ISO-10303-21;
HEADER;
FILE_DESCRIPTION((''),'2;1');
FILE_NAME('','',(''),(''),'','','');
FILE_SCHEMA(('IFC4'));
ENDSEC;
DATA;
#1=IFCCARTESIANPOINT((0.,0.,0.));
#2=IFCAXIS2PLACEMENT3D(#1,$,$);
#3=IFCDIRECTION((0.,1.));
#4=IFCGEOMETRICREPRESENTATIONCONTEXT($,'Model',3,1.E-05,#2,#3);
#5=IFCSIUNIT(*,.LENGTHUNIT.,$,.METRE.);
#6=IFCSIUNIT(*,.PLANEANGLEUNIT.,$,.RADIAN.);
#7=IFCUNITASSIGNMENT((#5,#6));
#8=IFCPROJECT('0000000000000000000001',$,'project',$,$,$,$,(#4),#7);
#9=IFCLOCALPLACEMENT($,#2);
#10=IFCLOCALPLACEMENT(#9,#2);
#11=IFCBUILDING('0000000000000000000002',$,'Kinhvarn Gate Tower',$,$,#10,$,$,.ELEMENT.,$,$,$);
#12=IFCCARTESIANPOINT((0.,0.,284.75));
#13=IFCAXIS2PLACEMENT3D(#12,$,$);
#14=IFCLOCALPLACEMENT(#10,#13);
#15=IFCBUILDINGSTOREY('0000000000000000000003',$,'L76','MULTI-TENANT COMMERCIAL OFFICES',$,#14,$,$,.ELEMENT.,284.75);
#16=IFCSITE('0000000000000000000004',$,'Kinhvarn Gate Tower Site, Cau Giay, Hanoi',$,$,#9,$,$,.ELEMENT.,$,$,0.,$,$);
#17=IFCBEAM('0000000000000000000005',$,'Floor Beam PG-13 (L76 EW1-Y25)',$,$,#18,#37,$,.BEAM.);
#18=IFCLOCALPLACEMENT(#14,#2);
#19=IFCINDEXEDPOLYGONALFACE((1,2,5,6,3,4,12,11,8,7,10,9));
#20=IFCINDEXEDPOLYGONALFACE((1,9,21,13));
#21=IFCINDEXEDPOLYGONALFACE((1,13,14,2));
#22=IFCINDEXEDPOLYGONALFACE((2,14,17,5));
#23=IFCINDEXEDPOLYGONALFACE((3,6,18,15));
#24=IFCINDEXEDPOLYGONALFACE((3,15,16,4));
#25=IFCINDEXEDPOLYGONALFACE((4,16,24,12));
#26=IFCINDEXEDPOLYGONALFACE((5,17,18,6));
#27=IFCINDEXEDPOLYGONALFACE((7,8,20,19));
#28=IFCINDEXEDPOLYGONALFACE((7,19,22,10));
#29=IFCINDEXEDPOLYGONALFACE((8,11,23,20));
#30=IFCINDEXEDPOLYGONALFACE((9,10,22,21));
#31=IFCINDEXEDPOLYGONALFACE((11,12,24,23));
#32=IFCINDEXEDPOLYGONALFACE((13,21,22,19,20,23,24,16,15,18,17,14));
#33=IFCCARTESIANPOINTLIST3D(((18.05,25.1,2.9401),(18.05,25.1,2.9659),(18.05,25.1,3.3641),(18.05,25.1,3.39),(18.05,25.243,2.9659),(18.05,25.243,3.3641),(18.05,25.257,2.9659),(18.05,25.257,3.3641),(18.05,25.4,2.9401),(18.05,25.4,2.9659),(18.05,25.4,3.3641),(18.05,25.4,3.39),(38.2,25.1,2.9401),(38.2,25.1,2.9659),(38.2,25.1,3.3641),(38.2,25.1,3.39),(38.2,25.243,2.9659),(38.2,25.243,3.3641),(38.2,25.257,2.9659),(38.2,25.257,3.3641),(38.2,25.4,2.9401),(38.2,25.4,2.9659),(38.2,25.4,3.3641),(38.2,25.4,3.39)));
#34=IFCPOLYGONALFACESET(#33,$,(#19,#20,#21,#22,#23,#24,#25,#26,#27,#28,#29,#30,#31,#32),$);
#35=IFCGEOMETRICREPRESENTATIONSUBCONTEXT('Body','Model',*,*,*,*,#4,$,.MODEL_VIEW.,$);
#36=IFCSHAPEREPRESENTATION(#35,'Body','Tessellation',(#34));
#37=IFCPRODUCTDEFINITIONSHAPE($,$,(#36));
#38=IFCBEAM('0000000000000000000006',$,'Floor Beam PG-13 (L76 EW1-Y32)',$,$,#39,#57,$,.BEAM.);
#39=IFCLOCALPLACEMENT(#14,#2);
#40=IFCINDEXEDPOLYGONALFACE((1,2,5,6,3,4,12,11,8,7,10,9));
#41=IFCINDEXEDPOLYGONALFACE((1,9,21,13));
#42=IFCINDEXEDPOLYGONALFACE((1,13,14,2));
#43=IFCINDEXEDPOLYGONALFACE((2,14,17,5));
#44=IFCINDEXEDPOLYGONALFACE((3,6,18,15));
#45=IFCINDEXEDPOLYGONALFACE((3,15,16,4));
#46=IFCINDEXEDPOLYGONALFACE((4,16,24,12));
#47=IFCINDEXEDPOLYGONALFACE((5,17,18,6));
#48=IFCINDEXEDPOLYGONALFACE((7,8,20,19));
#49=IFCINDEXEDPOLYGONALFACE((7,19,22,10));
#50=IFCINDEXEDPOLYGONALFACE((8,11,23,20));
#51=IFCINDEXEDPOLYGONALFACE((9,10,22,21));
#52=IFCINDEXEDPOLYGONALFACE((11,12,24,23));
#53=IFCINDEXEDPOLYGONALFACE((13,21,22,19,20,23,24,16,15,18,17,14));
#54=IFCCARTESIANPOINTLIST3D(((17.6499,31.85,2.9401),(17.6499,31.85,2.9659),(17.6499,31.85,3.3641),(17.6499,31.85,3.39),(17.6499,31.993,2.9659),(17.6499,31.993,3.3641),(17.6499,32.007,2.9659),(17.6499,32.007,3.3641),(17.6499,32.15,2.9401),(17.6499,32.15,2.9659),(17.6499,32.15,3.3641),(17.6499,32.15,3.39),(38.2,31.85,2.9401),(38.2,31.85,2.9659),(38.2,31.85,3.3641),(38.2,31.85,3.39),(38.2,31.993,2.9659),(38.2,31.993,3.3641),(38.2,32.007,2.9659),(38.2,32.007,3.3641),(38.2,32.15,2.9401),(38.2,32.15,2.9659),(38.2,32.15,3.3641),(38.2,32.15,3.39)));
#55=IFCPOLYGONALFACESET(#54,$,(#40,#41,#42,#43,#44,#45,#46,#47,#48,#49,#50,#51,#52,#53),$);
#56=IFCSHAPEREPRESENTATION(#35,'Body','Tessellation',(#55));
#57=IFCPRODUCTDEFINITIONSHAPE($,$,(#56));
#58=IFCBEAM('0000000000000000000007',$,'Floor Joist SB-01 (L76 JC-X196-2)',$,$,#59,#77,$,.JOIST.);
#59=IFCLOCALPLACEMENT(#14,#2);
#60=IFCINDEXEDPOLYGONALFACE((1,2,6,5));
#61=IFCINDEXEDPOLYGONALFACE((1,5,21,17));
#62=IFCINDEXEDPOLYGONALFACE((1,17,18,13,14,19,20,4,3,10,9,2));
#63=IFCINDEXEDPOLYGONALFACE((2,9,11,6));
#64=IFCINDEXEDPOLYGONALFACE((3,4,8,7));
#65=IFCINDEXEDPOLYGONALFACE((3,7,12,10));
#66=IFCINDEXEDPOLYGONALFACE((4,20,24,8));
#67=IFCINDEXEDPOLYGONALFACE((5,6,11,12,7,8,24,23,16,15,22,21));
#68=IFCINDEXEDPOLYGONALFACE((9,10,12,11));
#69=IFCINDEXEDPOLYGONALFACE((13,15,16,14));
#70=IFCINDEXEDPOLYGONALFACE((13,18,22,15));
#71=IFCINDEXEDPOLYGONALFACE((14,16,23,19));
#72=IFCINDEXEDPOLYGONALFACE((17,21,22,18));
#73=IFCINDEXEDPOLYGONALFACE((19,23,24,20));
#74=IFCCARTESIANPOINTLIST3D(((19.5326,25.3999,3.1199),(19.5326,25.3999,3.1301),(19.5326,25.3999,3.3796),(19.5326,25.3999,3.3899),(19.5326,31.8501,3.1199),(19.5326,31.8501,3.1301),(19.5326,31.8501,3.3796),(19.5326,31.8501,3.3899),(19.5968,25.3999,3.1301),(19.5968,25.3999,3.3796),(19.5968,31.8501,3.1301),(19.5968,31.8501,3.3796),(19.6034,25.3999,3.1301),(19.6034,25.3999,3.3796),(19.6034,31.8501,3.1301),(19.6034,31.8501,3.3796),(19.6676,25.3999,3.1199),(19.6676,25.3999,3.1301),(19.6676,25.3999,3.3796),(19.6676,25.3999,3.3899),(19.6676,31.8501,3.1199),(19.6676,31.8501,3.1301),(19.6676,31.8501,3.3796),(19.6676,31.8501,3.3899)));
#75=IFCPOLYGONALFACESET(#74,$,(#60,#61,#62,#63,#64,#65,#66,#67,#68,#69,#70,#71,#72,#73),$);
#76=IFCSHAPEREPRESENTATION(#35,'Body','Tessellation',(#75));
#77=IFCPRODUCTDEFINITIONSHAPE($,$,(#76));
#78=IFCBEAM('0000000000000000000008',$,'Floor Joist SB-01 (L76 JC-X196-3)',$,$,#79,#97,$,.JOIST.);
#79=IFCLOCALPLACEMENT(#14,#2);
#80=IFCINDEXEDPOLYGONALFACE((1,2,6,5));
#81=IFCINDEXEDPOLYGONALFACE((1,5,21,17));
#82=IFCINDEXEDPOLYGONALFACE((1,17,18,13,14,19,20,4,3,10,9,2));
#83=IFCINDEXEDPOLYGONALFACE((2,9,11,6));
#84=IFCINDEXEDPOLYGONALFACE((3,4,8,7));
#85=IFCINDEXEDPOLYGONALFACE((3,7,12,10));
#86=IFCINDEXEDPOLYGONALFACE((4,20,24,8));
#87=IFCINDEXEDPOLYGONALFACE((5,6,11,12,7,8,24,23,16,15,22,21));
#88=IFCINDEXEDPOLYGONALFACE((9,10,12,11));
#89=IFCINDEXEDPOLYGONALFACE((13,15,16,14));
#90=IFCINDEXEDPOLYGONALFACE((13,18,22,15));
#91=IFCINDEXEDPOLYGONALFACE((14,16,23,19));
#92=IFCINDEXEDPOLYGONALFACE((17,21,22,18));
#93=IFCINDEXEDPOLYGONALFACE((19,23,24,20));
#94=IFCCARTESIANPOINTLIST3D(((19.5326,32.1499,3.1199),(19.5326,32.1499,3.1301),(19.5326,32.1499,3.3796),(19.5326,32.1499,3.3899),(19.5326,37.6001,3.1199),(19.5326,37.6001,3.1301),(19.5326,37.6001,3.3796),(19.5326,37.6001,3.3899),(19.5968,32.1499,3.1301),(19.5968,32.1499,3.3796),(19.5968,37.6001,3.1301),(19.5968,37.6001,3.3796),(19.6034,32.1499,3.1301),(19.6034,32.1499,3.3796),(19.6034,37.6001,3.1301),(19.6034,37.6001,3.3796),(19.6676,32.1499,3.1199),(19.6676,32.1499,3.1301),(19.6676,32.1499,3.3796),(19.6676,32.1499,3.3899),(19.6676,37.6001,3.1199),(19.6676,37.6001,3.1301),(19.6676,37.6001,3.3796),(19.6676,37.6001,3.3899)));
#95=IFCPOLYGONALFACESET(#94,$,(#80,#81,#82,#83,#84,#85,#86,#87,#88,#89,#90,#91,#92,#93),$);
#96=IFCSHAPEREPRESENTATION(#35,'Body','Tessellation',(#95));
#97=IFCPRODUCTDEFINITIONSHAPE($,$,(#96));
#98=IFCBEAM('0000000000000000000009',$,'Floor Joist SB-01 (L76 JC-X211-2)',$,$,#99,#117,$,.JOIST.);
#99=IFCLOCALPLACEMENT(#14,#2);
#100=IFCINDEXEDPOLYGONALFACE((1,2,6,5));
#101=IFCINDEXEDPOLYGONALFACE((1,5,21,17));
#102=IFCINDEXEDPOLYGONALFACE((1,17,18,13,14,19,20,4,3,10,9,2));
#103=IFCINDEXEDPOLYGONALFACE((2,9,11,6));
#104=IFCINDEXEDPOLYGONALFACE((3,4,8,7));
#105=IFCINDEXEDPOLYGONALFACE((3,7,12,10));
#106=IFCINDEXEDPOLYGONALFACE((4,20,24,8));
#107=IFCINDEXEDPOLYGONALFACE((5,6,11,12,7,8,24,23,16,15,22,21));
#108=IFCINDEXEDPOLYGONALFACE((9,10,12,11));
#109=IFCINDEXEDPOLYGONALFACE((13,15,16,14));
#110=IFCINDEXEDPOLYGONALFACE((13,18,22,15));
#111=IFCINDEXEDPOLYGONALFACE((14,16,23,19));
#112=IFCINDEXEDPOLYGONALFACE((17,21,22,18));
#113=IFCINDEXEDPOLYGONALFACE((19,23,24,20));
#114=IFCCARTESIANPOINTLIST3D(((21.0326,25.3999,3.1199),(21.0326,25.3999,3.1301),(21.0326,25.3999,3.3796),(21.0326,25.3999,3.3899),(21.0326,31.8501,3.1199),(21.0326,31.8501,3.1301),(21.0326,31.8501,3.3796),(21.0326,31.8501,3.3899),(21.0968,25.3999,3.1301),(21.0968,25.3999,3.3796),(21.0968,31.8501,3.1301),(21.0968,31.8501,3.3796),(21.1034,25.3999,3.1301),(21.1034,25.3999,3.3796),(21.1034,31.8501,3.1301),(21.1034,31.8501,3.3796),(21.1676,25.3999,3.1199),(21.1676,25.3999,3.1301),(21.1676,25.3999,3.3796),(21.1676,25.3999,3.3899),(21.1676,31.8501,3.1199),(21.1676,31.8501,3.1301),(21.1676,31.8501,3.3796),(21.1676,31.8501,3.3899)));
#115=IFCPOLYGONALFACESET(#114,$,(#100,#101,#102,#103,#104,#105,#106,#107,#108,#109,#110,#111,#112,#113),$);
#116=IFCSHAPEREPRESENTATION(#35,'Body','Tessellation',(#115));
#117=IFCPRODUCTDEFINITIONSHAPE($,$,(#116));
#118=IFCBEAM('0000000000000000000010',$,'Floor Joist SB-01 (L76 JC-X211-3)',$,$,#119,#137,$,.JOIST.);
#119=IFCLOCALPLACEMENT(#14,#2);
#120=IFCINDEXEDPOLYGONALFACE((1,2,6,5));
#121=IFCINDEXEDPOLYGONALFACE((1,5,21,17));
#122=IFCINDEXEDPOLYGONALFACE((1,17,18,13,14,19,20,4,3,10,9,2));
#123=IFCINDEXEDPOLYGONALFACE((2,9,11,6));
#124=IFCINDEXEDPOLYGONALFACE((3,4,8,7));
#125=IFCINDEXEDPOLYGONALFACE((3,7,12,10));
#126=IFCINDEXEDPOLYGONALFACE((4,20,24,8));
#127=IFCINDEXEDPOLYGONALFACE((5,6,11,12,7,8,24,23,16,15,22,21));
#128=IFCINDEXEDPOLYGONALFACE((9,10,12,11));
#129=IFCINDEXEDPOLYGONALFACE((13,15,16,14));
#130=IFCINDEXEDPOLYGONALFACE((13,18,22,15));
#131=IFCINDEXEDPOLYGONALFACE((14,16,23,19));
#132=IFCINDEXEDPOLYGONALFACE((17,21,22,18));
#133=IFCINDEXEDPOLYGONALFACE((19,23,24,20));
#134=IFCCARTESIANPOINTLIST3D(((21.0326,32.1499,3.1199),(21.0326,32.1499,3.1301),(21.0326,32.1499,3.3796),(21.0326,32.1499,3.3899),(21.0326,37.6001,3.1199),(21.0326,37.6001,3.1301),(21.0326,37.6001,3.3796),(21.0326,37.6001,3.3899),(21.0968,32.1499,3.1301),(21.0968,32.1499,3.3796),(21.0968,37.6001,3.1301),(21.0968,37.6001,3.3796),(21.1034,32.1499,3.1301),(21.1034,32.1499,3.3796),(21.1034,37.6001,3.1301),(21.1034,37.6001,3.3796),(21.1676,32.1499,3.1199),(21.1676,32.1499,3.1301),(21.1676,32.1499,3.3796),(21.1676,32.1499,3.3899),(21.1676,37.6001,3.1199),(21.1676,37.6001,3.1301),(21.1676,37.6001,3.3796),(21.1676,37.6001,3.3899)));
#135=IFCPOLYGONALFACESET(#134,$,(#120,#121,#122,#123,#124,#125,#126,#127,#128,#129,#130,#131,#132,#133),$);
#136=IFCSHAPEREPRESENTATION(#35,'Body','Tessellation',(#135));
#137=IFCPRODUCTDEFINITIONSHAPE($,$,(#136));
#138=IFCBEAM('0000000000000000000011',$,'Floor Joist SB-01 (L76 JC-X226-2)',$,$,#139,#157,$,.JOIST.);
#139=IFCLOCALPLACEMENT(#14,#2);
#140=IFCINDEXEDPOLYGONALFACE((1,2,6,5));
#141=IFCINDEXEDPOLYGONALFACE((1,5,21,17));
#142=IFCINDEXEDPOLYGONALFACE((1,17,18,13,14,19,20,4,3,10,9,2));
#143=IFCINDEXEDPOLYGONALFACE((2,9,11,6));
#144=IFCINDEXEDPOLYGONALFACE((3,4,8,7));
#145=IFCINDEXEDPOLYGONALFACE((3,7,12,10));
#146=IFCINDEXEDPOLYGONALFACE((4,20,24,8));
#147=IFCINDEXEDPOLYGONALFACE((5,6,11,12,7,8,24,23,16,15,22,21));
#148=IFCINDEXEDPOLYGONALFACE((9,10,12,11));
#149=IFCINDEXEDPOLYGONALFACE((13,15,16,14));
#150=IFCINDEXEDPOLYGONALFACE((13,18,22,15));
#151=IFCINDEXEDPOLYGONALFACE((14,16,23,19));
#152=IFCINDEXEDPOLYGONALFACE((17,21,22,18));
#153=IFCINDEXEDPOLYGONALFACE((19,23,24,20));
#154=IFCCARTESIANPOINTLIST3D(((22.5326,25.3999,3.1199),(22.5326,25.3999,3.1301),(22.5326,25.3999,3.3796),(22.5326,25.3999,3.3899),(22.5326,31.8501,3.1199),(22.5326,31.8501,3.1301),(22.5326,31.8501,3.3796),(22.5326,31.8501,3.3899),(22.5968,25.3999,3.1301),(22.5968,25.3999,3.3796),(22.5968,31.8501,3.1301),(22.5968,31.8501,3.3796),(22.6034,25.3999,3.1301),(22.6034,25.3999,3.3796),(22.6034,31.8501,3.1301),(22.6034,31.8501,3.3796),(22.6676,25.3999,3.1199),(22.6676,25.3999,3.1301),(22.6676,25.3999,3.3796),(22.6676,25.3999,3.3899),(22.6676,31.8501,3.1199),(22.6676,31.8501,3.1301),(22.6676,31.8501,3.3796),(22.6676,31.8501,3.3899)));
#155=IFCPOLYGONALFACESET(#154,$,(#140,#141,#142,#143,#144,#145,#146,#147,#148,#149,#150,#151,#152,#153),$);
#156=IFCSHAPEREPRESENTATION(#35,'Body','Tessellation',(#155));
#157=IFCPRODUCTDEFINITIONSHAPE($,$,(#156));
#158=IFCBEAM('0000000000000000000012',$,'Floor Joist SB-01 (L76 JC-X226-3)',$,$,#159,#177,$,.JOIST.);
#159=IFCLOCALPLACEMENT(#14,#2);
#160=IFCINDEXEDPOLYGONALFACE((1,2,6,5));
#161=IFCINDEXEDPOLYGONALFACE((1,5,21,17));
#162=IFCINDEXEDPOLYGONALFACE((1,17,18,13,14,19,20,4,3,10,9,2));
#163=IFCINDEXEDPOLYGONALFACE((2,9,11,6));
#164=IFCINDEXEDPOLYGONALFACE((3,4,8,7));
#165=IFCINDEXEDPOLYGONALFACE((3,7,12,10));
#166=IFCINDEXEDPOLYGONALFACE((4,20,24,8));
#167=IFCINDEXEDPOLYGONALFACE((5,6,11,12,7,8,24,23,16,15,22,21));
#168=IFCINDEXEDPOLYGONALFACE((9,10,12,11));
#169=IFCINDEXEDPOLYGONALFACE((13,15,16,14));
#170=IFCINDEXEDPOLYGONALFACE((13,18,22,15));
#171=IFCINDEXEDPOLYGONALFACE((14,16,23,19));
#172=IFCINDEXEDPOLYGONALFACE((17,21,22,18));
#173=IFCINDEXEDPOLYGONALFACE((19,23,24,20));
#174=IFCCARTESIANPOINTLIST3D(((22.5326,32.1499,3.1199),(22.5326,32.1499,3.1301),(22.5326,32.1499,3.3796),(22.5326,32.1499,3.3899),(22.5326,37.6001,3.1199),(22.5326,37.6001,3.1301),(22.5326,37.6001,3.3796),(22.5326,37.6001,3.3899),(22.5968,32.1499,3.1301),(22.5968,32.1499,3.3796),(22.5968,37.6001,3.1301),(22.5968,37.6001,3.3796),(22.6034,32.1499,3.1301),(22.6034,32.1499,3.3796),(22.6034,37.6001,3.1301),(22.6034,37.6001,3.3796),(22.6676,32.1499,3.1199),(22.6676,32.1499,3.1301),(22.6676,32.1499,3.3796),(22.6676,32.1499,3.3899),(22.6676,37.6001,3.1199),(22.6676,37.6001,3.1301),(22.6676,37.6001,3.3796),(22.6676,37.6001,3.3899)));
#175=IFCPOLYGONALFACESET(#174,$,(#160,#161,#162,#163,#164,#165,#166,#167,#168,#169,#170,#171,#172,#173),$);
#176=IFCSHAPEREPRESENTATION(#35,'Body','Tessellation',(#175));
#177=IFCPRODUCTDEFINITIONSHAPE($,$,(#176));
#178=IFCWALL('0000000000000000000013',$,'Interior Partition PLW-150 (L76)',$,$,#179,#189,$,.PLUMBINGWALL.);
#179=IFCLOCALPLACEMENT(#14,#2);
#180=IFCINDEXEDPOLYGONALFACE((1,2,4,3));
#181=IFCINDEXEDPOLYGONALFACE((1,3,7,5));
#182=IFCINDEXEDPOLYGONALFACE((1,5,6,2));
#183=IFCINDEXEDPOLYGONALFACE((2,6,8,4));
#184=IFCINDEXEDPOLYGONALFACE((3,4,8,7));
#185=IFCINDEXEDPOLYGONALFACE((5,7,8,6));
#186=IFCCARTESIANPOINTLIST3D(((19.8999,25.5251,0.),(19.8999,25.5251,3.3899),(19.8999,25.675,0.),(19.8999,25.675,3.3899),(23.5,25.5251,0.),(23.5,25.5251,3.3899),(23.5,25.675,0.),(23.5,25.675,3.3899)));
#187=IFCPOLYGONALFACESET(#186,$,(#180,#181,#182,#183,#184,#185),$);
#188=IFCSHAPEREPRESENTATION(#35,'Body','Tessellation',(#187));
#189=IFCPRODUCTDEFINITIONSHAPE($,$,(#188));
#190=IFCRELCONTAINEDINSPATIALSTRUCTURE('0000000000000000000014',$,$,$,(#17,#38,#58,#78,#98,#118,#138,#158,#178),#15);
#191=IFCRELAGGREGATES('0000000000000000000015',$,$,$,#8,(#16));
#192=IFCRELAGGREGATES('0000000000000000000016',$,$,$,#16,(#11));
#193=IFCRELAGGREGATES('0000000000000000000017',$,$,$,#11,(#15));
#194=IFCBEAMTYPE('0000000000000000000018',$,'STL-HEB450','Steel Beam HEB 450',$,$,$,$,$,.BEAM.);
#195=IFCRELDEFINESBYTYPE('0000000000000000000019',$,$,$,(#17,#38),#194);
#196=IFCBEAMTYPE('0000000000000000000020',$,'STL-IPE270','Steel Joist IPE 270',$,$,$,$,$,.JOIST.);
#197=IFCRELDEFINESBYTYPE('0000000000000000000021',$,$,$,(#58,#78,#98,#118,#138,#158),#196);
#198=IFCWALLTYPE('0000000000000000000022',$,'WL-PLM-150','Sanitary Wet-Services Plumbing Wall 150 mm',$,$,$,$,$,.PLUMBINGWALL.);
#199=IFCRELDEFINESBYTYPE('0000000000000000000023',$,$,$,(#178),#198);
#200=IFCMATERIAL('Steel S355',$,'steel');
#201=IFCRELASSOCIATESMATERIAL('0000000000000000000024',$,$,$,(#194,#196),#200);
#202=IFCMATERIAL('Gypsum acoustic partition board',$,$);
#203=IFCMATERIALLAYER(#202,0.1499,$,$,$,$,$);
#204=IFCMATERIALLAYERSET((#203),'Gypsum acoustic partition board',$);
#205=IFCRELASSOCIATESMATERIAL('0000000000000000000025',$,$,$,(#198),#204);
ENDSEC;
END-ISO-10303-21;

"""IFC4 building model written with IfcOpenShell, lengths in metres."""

from ifc_helpers import new_model, si_unit, direction, frame, frame_2d, origin, origin_2d, place, context, subcontext, project, spatial, rectangle, i_section, extrude, material, layer, layer_set, material_profile, profile_set, type_object, element, save


model = new_model("IFC4")

# Units and contexts
model_context = context("Model", 3, precision=1e-05, world=origin(), true_north=direction((0.0, 1.0)))
body_context = subcontext(model_context, "Body", "Model", "MODEL_VIEW")
ifc_project = project(units=[si_unit("LENGTHUNIT", "METRE"), si_unit("PLANEANGLEUNIT", "RADIAN")], contexts=[model_context])

# Site, building, storey
site_placement = place(None, origin())
site = spatial("IfcSite", under=ifc_project, at=site_placement, Name="Kinhvarn Gate Tower Site, Cau Giay, Hanoi", CompositionType="ELEMENT", RefElevation=0.0)
building_placement = place(site_placement, origin())
building = spatial("IfcBuilding", under=site, at=building_placement, Name="Kinhvarn Gate Tower", CompositionType="ELEMENT")
storey_placement = place(building_placement, frame((0.0, 0.0, 284.75)))
storey = spatial("IfcBuildingStorey", under=building, at=storey_placement, Name="L76", Description="MULTI-TENANT COMMERCIAL OFFICES", CompositionType="ELEMENT", Elevation=284.75)

# Beams
ifc_material_1 = material(Name="Steel S355", Category="steel")
ifc_material_profile_1 = material_profile(ifc_material_1, i_section(OverallWidth=0.3, OverallDepth=0.45, WebThickness=0.0139, FlangeThickness=0.0259, at=origin_2d()), Name="HEB 450")
ifc_profile_set_1 = profile_set([ifc_material_profile_1], Name="Steel S355")
beam_type_1 = type_object("IfcBeamType", Name="STL-HEB450", Description="Steel Beam HEB 450", PredefinedType="BEAM", material=ifc_profile_set_1)
beam_1_placement = place(storey_placement, frame((18.05, 25.25, 3.165), z_axis=(1.0, 0.0, 0.0), x_axis=(0.0, 1.0, 0.0)))
element("IfcBeam", 1, at=beam_1_placement, inside=storey, type_object=beam_type_1, Name="Floor Beam PG-13 (L76 EW1-Y25)", PredefinedType="BEAM", context=body_context, shape_type="SweptSolid", body=[
    extrude(i_section(OverallWidth=0.3, OverallDepth=0.45, WebThickness=0.0139, FlangeThickness=0.0259, at=origin_2d()), origin(), (0.0, 0.0, 1.0), 20.1499),
])
beam_2_placement = place(storey_placement, frame((17.6499, 32.0, 3.165), z_axis=(1.0, 0.0, 0.0), x_axis=(0.0, 1.0, 0.0)))
element("IfcBeam", 2, at=beam_2_placement, inside=storey, type_object=beam_type_1, Name="Floor Beam PG-13 (L76 EW1-Y32)", PredefinedType="BEAM", context=body_context, shape_type="SweptSolid", body=[
    extrude(i_section(OverallWidth=0.3, OverallDepth=0.45, WebThickness=0.0139, FlangeThickness=0.0259, at=origin_2d()), origin(), (0.0, 0.0, 1.0), 20.55),
])
ifc_material_profile_2 = material_profile(ifc_material_1, i_section(OverallWidth=0.135, OverallDepth=0.27, WebThickness=0.0066, FlangeThickness=0.0103, at=origin_2d()), Name="IPE 270")
ifc_profile_set_2 = profile_set([ifc_material_profile_2], Name="Steel S355")
beam_type_2 = type_object("IfcBeamType", Name="STL-IPE270", Description="Steel Joist IPE 270", PredefinedType="JOIST", material=ifc_profile_set_2)
beam_3_placement = place(storey_placement, frame((19.6001, 25.3999, 3.2549), z_axis=(0.0, 1.0, 0.0), x_axis=(-1.0, 0.0, 0.0)))
element("IfcBeam", 3, at=beam_3_placement, inside=storey, type_object=beam_type_2, Name="Floor Joist SB-01 (L76 JC-X196-2)", PredefinedType="JOIST", context=body_context, shape_type="SweptSolid", body=[
    extrude(i_section(OverallWidth=0.135, OverallDepth=0.27, WebThickness=0.0066, FlangeThickness=0.0103, at=origin_2d()), origin(), (0.0, 0.0, 1.0), 6.4502),
])
beam_4_placement = place(storey_placement, frame((19.6001, 32.1499, 3.2549), z_axis=(0.0, 1.0, 0.0), x_axis=(-1.0, 0.0, 0.0)))
element("IfcBeam", 4, at=beam_4_placement, inside=storey, type_object=beam_type_2, Name="Floor Joist SB-01 (L76 JC-X196-3)", PredefinedType="JOIST", context=body_context, shape_type="SweptSolid", body=[
    extrude(i_section(OverallWidth=0.135, OverallDepth=0.27, WebThickness=0.0066, FlangeThickness=0.0103, at=origin_2d()), origin(), (0.0, 0.0, 1.0), 5.4502),
])
beam_5_placement = place(storey_placement, frame((21.1001, 25.3999, 3.2549), z_axis=(0.0, 1.0, 0.0), x_axis=(-1.0, 0.0, 0.0)))
element("IfcBeam", 5, at=beam_5_placement, inside=storey, type_object=beam_type_2, Name="Floor Joist SB-01 (L76 JC-X211-2)", PredefinedType="JOIST", context=body_context, shape_type="SweptSolid", body=[
    extrude(i_section(OverallWidth=0.135, OverallDepth=0.27, WebThickness=0.0066, FlangeThickness=0.0103, at=origin_2d()), origin(), (0.0, 0.0, 1.0), 6.4502),
])
beam_6_placement = place(storey_placement, frame((21.1001, 32.1499, 3.2549), z_axis=(0.0, 1.0, 0.0), x_axis=(-1.0, 0.0, 0.0)))
element("IfcBeam", 6, at=beam_6_placement, inside=storey, type_object=beam_type_2, Name="Floor Joist SB-01 (L76 JC-X211-3)", PredefinedType="JOIST", context=body_context, shape_type="SweptSolid", body=[
    extrude(i_section(OverallWidth=0.135, OverallDepth=0.27, WebThickness=0.0066, FlangeThickness=0.0103, at=origin_2d()), origin(), (0.0, 0.0, 1.0), 5.4502),
])
beam_7_placement = place(storey_placement, frame((22.6001, 25.3999, 3.2549), z_axis=(0.0, 1.0, 0.0), x_axis=(-1.0, 0.0, 0.0)))
element("IfcBeam", 7, at=beam_7_placement, inside=storey, type_object=beam_type_2, Name="Floor Joist SB-01 (L76 JC-X226-2)", PredefinedType="JOIST", context=body_context, shape_type="SweptSolid", body=[
    extrude(i_section(OverallWidth=0.135, OverallDepth=0.27, WebThickness=0.0066, FlangeThickness=0.0103, at=origin_2d()), origin(), (0.0, 0.0, 1.0), 6.4502),
])
beam_8_placement = place(storey_placement, frame((22.6001, 32.1499, 3.2549), z_axis=(0.0, 1.0, 0.0), x_axis=(-1.0, 0.0, 0.0)))
element("IfcBeam", 8, at=beam_8_placement, inside=storey, type_object=beam_type_2, Name="Floor Joist SB-01 (L76 JC-X226-3)", PredefinedType="JOIST", context=body_context, shape_type="SweptSolid", body=[
    extrude(i_section(OverallWidth=0.135, OverallDepth=0.27, WebThickness=0.0066, FlangeThickness=0.0103, at=origin_2d()), origin(), (0.0, 0.0, 1.0), 5.4502),
])

# Wall
ifc_material_2 = material(Name="Gypsum acoustic partition board")
ifc_layer_1 = layer(ifc_material_2, 0.1499)
ifc_layer_set_1 = layer_set([ifc_layer_1], Name="Gypsum acoustic partition board")
wall_type_1 = type_object("IfcWallType", Name="WL-PLM-150", Description="Sanitary Wet-Services Plumbing Wall 150 mm", PredefinedType="PLUMBINGWALL", material=ifc_layer_set_1)
wall_1_placement = place(storey_placement, frame((19.8999, 25.6001, 0.0), z_axis=(0.0, 0.0, 1.0), x_axis=(1.0, 0.0, 0.0)))
element("IfcWall", 9, at=wall_1_placement, inside=storey, type_object=wall_type_1, Name="Interior Partition PLW-150 (L76)", PredefinedType="PLUMBINGWALL", context=body_context, shape_type="SweptSolid", body=[
    extrude(rectangle(XDim=3.6001, YDim=0.1499, at=frame_2d((1.8, 0.0))), origin(), (0.0, 0.0, 1.0), 3.3899),
])

save(model, "model.ifc")
